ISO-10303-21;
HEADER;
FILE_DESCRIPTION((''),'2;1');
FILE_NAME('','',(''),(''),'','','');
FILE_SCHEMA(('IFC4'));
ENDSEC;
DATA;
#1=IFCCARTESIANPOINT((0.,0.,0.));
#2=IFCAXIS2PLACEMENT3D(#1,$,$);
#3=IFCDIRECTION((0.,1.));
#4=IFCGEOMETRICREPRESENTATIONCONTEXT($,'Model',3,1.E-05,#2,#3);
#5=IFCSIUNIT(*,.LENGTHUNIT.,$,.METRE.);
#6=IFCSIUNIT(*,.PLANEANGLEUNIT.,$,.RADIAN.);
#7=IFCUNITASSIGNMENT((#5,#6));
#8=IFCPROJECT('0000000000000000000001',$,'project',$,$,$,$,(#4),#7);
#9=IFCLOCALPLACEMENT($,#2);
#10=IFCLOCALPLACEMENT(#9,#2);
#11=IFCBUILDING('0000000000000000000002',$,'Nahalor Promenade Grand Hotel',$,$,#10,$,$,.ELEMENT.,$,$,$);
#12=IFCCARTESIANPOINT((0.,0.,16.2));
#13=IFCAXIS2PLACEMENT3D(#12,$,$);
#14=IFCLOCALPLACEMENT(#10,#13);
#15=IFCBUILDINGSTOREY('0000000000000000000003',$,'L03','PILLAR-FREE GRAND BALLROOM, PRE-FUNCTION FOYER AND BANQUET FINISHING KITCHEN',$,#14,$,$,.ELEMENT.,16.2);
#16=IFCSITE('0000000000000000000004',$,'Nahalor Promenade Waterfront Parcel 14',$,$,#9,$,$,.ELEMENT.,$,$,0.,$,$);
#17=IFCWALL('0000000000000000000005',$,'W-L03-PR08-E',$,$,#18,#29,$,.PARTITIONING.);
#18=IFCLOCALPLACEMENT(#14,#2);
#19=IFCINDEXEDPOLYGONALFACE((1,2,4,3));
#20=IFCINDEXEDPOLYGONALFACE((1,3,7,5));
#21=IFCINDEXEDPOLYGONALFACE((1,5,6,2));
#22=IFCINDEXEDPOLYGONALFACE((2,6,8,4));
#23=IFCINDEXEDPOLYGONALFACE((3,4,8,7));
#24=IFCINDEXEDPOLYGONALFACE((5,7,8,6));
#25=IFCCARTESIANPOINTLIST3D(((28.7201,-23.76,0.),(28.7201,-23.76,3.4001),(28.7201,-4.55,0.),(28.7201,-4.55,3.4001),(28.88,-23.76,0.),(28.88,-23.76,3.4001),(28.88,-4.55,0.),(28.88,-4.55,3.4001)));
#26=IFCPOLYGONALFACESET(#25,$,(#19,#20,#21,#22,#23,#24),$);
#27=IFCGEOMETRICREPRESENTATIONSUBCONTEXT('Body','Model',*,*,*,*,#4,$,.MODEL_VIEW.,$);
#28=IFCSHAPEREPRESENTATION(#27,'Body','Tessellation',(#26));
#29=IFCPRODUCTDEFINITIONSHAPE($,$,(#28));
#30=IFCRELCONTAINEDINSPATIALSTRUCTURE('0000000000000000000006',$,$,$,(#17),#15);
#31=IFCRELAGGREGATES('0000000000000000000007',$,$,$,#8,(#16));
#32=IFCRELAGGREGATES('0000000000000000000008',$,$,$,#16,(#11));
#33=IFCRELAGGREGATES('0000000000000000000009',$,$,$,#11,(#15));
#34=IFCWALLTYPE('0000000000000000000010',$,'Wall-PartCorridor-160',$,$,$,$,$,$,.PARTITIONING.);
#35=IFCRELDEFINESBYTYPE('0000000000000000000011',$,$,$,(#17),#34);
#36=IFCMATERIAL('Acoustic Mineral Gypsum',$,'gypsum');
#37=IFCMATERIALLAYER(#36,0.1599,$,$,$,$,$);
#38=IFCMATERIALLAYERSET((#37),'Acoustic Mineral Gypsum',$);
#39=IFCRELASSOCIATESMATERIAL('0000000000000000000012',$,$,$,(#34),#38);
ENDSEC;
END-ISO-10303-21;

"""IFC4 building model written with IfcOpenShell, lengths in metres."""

from ifc_helpers import new_model, si_unit, direction, frame, frame_2d, origin, place, context, subcontext, project, spatial, rectangle, extrude, source, transform, mapped, material, layer, layer_set, type_object, element, save


model = new_model("IFC4")

# Units and contexts
model_context = context("Model", 3, precision=1e-05, world=origin(), true_north=direction((0.0, 1.0)))
body_context = subcontext(model_context, "Body", "Model", "MODEL_VIEW")
ifc_project = project(units=[si_unit("LENGTHUNIT", "METRE"), si_unit("PLANEANGLEUNIT", "RADIAN")], contexts=[model_context])

# Site, building, storey
site_placement = place(None, origin())
site = spatial("IfcSite", under=ifc_project, at=site_placement, Name="Nahalor Promenade Waterfront Parcel 14", CompositionType="ELEMENT", RefElevation=0.0)
building_placement = place(site_placement, origin())
building = spatial("IfcBuilding", under=site, at=building_placement, Name="Nahalor Promenade Grand Hotel", CompositionType="ELEMENT")
storey_placement = place(building_placement, frame((0.0, 0.0, 16.2)))
storey = spatial("IfcBuildingStorey", under=building, at=storey_placement, Name="L03", Description="PILLAR-FREE GRAND BALLROOM, PRE-FUNCTION FOYER AND BANQUET FINISHING KITCHEN", CompositionType="ELEMENT", Elevation=16.2)

# Wall
ifc_material_1 = material(Name="Acoustic Mineral Gypsum", Category="gypsum")
ifc_layer_1 = layer(ifc_material_1, 0.1599)
ifc_layer_set_1 = layer_set([ifc_layer_1], Name="Acoustic Mineral Gypsum")
wall_type_1 = type_object("IfcWallType", Name="Wall-PartCorridor-160", PredefinedType="PARTITIONING", material=ifc_layer_set_1)
shared_shape_1 = source(origin(), body_context, "Body", "SweptSolid", [
    extrude(rectangle(XDim=19.21, YDim=0.1599, at=frame_2d((9.605, 0.0))), origin(), (0.0, 0.0, 1.0), 3.4001),
])
for number, where, z_axis, x_axis, name in (
    (1, (28.8, -23.76, 0.0), (0.0, 0.0, 1.0), (0.0, 1.0, 0.0), "W-L03-PR08-E"),
):
    element("IfcWall", number, at=place(storey_placement, frame(where, z_axis=z_axis, x_axis=x_axis)), inside=storey, type_object=wall_type_1, Name=name, PredefinedType="PARTITIONING", context=body_context, shape_type="MappedRepresentation", body=[
        mapped(shared_shape_1, transform((0.0, 0.0, 0.0), scale=1.0)),
    ])

save(model, "model.ifc")
